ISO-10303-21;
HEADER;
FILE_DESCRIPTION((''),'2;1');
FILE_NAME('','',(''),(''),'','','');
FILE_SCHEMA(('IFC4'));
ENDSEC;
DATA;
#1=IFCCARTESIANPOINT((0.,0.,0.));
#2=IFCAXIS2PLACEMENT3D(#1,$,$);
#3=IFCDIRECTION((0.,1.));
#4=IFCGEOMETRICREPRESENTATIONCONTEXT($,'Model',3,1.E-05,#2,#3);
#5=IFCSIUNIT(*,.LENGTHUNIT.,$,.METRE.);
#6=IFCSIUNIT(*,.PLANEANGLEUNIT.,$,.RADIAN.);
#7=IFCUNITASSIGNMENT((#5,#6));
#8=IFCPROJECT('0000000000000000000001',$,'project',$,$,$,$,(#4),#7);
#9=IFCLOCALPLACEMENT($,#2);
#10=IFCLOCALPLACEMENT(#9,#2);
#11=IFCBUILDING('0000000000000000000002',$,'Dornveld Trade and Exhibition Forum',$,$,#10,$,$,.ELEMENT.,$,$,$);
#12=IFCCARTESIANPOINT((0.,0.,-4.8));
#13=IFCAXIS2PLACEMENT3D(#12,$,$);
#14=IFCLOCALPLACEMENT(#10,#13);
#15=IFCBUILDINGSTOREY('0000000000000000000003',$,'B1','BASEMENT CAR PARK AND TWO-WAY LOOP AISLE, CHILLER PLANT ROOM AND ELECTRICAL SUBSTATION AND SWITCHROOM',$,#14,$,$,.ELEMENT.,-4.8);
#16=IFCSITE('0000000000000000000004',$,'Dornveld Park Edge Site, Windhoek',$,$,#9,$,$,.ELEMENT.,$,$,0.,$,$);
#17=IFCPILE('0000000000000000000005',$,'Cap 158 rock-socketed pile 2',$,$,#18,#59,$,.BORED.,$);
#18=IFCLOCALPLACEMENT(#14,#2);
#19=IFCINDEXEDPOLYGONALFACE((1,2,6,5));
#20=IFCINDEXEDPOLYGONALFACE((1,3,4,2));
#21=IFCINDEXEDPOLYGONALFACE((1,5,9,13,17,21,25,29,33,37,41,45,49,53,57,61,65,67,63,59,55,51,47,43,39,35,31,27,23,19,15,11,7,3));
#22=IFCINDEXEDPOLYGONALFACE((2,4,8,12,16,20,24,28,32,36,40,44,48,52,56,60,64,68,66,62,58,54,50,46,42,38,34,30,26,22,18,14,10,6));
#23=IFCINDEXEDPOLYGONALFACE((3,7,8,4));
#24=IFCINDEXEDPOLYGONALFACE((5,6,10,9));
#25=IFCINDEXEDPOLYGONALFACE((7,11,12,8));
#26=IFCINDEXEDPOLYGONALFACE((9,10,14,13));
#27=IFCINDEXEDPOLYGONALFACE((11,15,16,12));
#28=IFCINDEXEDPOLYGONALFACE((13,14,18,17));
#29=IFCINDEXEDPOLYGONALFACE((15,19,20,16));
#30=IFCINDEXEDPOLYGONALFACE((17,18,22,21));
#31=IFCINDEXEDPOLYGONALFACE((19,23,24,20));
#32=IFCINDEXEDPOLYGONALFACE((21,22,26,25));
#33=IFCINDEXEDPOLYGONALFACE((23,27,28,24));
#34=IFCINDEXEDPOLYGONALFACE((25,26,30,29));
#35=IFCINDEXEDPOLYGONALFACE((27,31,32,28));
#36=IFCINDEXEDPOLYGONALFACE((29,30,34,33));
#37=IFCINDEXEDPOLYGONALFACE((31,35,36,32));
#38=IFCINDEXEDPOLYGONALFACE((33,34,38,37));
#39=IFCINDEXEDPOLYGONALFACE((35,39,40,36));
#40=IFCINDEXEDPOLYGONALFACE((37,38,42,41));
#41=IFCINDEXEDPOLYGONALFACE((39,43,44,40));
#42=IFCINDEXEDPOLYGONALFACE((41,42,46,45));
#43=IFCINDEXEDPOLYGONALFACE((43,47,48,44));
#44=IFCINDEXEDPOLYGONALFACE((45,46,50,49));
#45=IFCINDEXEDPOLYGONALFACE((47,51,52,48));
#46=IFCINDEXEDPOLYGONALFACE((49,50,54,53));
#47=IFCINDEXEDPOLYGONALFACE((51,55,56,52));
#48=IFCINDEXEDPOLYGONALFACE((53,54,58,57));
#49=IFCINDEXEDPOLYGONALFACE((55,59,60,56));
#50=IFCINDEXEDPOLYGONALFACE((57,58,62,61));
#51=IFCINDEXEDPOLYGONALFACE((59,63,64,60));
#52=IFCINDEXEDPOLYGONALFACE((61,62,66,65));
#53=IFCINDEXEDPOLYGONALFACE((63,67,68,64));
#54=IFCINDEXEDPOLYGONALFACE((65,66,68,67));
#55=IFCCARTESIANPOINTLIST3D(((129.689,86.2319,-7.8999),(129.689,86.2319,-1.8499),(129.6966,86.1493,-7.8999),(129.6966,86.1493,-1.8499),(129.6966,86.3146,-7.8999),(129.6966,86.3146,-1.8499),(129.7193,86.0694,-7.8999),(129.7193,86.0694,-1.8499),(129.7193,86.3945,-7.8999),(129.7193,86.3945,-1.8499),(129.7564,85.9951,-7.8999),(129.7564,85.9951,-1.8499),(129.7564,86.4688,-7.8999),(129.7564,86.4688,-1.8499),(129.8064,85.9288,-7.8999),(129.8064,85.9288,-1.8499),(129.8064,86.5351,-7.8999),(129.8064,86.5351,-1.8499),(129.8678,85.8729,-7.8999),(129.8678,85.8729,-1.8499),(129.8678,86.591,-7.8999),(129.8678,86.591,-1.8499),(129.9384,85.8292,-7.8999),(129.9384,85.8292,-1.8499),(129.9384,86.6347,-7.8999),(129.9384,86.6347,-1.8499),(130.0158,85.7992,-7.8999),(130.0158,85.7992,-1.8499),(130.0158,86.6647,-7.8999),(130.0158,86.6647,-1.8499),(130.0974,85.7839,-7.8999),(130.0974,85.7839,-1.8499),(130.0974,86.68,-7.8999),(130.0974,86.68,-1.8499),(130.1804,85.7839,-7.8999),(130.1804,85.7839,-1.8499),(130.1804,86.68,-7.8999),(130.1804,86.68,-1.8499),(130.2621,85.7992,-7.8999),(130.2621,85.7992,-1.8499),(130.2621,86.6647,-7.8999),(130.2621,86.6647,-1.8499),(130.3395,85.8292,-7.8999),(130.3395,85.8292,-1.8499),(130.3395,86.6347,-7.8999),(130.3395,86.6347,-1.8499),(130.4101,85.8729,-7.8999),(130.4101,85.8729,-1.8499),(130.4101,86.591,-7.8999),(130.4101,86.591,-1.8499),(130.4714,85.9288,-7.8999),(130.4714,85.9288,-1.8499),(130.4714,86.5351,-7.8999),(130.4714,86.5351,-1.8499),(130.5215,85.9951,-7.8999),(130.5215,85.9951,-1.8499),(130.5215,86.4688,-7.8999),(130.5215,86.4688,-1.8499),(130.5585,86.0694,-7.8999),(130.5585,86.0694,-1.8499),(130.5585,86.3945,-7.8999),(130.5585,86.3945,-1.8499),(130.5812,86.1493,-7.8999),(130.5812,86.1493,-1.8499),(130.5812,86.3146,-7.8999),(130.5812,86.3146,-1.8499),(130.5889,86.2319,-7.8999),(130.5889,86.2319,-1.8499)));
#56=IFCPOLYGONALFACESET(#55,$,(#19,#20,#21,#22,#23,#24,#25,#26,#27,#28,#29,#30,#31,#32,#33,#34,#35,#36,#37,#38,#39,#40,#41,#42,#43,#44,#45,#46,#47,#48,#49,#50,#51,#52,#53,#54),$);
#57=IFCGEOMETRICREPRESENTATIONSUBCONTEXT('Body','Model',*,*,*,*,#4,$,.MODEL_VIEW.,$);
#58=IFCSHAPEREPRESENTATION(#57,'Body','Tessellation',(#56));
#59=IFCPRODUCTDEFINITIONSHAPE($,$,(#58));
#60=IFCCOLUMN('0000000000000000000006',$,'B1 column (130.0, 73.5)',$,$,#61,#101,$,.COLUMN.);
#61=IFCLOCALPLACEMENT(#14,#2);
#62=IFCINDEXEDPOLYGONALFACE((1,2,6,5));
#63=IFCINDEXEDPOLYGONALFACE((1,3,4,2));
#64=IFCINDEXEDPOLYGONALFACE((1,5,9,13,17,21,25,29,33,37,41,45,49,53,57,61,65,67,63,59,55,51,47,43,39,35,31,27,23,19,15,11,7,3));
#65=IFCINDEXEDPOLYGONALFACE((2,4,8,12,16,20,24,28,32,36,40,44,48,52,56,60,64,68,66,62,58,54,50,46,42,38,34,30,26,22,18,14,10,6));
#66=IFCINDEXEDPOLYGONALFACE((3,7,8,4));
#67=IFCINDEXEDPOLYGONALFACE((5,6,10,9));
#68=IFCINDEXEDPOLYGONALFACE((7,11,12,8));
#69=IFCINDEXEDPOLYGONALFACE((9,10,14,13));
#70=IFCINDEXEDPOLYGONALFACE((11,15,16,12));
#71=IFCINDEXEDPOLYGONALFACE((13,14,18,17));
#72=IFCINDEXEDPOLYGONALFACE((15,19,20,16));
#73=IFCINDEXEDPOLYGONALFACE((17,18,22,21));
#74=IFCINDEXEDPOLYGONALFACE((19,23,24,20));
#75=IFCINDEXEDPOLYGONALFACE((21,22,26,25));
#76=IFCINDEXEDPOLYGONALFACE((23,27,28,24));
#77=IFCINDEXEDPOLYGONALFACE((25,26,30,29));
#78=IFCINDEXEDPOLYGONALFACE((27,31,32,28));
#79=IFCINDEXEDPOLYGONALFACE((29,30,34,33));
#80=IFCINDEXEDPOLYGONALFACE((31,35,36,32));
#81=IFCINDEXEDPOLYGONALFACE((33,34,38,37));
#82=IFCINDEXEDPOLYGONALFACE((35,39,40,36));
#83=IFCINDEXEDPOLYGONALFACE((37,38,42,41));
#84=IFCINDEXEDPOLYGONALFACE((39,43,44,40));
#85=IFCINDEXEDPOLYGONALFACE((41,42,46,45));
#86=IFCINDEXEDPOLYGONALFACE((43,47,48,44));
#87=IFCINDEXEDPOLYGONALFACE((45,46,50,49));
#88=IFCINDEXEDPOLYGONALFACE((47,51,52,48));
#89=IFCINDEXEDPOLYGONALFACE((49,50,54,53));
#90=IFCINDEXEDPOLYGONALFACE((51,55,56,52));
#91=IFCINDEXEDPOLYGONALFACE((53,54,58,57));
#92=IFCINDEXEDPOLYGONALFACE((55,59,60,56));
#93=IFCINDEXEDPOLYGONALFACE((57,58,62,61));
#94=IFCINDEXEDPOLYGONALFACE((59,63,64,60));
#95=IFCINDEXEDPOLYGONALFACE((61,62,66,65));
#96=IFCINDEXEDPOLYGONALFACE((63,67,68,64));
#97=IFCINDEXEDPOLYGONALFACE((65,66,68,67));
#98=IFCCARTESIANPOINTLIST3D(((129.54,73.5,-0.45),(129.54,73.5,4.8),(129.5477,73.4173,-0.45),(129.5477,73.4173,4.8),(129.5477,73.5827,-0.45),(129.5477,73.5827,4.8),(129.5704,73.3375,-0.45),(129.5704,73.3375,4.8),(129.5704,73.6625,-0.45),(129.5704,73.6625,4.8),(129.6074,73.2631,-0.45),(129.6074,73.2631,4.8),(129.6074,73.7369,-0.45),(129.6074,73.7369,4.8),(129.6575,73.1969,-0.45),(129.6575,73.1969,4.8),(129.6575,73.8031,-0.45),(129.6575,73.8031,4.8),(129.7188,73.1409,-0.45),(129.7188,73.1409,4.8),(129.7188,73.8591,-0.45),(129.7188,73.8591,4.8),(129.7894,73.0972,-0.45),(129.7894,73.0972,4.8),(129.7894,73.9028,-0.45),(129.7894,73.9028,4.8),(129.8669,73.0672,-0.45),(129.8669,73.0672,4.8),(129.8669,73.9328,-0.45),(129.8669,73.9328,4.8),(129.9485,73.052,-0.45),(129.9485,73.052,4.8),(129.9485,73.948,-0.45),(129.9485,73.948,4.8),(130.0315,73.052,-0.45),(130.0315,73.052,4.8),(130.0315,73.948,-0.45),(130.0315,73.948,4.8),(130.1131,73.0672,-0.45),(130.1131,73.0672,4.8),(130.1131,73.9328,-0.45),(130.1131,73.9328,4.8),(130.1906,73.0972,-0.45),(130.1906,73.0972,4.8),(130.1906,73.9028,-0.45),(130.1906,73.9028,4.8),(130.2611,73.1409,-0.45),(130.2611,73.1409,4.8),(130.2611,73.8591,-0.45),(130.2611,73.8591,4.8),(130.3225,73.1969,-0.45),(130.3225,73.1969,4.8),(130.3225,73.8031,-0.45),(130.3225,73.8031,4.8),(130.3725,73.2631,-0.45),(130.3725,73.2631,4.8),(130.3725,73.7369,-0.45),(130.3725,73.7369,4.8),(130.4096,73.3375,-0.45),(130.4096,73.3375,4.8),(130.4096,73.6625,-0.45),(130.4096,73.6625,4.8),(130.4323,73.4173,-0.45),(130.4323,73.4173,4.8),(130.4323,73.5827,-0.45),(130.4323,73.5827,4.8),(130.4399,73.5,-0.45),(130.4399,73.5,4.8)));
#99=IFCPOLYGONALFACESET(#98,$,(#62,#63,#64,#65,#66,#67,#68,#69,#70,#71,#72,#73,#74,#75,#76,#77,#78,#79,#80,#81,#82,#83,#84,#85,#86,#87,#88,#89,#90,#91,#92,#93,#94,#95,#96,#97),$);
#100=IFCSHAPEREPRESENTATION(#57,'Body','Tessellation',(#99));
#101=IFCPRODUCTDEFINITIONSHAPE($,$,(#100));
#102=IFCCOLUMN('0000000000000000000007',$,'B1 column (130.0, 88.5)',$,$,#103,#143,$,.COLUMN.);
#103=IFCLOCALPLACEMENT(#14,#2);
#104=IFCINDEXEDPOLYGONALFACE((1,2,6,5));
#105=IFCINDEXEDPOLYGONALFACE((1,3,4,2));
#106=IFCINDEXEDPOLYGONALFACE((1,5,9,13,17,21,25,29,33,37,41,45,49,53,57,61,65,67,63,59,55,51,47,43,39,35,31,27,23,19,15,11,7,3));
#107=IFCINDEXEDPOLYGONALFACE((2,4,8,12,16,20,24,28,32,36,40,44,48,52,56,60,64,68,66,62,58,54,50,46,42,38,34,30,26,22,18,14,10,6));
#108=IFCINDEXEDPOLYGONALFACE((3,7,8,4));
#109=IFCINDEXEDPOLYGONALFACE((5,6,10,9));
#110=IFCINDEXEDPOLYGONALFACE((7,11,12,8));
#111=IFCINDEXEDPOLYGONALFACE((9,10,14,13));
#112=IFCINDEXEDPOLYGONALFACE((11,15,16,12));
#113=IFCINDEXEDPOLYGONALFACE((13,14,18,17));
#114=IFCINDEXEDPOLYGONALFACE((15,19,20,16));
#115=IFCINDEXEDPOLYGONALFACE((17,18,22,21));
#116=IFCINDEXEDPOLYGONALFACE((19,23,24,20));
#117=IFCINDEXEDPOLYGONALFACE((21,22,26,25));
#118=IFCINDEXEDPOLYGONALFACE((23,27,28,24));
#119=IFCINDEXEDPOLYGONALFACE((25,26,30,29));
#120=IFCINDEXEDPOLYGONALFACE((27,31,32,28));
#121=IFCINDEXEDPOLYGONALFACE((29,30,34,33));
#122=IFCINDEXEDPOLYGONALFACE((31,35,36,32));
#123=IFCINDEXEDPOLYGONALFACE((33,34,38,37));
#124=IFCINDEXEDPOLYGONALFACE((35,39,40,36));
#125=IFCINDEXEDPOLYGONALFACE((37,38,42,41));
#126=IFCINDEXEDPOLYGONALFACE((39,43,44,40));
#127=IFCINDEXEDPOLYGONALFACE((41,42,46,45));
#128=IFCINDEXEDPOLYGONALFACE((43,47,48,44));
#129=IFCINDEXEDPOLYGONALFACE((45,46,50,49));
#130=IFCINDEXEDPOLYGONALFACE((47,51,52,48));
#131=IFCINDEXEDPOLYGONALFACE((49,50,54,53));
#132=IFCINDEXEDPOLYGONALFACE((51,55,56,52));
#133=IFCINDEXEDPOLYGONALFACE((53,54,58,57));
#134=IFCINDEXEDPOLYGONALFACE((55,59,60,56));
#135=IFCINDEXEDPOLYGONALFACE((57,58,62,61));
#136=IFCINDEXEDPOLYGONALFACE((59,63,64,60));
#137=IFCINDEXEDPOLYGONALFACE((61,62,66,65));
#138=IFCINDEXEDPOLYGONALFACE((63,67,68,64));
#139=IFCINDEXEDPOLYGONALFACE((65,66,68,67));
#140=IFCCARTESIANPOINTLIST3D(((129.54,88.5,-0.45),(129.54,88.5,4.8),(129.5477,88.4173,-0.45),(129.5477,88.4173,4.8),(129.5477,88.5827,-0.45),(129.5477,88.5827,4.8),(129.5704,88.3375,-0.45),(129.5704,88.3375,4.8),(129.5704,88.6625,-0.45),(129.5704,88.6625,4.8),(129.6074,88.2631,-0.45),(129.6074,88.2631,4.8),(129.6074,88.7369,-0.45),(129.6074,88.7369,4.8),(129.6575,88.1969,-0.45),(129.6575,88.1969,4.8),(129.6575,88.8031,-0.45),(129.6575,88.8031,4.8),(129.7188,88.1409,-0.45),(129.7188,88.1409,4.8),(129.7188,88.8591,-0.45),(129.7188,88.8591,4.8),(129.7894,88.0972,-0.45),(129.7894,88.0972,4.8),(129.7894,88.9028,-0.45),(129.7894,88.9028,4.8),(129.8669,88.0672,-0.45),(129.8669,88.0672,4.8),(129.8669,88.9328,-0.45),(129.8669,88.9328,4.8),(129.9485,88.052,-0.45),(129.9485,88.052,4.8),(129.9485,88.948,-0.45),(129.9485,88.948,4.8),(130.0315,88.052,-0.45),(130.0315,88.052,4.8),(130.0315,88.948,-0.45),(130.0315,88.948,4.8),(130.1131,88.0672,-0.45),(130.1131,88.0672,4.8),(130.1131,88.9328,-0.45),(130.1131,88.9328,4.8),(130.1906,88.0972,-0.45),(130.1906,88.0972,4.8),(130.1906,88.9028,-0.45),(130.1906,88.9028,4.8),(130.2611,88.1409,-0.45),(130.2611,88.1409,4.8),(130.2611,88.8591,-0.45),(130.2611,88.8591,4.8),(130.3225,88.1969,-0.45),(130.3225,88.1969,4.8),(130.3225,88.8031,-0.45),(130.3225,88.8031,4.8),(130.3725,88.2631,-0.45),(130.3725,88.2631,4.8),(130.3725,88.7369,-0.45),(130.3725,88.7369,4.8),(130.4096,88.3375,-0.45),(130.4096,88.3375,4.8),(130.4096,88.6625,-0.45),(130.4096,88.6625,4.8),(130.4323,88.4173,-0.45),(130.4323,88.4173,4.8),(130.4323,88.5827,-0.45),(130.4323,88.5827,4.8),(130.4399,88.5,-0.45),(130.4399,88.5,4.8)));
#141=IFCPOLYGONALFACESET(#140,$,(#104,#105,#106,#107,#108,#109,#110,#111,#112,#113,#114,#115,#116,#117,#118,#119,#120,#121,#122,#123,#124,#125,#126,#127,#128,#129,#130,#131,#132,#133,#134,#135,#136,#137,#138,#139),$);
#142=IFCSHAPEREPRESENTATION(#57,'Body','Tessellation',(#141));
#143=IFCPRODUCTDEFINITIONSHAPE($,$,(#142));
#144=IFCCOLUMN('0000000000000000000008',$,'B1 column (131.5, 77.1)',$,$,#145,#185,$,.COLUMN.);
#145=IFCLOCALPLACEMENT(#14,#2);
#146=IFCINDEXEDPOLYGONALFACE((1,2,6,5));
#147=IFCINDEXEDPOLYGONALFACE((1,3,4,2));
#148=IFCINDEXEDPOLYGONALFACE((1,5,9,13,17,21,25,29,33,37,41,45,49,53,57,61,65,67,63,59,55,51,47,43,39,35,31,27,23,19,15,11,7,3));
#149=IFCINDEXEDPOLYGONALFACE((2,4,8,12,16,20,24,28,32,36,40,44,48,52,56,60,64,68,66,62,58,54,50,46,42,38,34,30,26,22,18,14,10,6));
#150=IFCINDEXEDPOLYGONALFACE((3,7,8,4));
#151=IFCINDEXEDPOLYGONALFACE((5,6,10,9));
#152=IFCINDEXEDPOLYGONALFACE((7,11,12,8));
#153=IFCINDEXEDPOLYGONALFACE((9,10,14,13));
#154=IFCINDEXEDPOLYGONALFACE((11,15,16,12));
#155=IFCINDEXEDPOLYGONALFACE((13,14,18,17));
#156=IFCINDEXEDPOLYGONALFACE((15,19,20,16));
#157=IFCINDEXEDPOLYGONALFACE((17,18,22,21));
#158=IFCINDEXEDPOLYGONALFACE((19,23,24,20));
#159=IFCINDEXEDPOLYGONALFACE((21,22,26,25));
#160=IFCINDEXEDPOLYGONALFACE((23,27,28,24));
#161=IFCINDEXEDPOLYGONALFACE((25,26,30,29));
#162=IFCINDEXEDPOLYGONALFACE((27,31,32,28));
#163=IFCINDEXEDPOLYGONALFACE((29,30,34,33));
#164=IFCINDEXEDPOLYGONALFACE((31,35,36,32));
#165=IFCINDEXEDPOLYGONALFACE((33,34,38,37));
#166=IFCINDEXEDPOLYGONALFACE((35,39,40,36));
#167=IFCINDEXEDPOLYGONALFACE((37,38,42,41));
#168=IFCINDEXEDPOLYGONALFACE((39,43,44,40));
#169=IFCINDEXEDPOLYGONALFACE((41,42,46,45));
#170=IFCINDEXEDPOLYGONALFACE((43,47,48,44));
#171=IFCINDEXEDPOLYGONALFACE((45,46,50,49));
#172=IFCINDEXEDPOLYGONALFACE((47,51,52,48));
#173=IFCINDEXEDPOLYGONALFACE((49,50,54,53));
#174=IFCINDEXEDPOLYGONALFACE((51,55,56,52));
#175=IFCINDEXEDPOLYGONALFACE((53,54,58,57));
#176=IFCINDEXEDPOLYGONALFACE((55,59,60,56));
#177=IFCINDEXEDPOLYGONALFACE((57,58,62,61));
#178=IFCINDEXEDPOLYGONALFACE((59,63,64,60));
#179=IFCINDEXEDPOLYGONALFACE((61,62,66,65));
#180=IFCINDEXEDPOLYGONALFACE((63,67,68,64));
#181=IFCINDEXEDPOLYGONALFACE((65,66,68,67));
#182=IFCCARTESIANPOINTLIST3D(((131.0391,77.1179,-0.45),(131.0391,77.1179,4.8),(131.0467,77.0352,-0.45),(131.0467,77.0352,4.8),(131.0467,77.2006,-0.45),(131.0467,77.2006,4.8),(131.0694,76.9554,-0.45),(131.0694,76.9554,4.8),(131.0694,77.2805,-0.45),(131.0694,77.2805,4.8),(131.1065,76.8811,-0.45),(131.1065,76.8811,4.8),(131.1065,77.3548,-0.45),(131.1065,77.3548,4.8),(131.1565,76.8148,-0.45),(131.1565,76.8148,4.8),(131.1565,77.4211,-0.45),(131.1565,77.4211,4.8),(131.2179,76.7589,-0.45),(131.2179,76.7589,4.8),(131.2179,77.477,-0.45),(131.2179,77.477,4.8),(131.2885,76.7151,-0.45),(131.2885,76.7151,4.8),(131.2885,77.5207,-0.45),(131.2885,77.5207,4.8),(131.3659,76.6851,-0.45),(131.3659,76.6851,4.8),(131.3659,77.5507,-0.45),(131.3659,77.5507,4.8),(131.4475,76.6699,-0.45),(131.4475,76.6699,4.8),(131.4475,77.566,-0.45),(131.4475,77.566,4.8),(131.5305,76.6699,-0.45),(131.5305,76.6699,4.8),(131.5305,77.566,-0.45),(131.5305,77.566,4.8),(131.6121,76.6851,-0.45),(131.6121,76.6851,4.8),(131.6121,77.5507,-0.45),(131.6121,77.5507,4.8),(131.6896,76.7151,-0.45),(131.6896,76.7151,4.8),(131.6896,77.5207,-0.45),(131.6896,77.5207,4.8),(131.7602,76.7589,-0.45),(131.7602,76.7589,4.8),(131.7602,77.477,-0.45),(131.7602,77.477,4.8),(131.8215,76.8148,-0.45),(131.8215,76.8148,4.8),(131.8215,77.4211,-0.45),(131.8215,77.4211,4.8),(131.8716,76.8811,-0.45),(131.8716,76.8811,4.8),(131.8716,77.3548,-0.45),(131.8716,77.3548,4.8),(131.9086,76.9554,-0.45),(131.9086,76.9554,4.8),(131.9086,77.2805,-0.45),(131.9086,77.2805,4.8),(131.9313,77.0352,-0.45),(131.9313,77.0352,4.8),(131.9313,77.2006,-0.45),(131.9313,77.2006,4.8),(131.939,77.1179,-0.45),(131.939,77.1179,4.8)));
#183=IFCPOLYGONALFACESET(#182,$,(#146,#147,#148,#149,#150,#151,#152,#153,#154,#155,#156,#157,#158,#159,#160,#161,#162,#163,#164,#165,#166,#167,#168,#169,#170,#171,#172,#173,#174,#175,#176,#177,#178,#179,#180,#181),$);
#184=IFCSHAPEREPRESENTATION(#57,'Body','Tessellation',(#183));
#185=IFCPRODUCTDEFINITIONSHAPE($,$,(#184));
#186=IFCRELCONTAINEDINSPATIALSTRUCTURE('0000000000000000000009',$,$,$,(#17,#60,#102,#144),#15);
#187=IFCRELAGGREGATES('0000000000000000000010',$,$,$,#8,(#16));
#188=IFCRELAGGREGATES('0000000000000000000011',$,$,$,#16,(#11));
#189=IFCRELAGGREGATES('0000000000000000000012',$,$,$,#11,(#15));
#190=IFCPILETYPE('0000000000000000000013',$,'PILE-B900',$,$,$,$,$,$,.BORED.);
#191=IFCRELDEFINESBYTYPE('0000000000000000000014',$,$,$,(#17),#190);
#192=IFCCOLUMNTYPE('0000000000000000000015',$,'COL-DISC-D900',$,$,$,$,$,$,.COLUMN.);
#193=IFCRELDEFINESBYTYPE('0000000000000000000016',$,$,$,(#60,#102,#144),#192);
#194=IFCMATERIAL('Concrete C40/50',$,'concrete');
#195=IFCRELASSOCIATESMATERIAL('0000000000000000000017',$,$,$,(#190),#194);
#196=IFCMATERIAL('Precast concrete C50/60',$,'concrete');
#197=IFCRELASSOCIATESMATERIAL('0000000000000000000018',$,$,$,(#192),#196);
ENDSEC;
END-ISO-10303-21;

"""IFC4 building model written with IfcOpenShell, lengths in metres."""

from ifc_helpers import new_model, si_unit, direction, frame, origin, origin_2d, place, context, subcontext, project, spatial, circle, extrude, material, material_profile, profile_set, type_object, element, save


model = new_model("IFC4")

# Units and contexts
model_context = context("Model", 3, precision=1e-05, world=origin(), true_north=direction((0.0, 1.0)))
body_context = subcontext(model_context, "Body", "Model", "MODEL_VIEW")
ifc_project = project(units=[si_unit("LENGTHUNIT", "METRE"), si_unit("PLANEANGLEUNIT", "RADIAN")], contexts=[model_context])

# Site, building, storey
site_placement = place(None, origin())
site = spatial("IfcSite", under=ifc_project, at=site_placement, Name="Dornveld Park Edge Site, Windhoek", CompositionType="ELEMENT", RefElevation=0.0)
building_placement = place(site_placement, origin())
building = spatial("IfcBuilding", under=site, at=building_placement, Name="Dornveld Trade and Exhibition Forum", CompositionType="ELEMENT")
storey_placement = place(building_placement, frame((0.0, 0.0, -4.8)))
storey = spatial("IfcBuildingStorey", under=building, at=storey_placement, Name="B1", Description="BASEMENT CAR PARK AND TWO-WAY LOOP AISLE, CHILLER PLANT ROOM AND ELECTRICAL SUBSTATION AND SWITCHROOM", CompositionType="ELEMENT", Elevation=-4.8)

# Pile
ifc_material_1 = material(Name="Concrete C40/50", Category="concrete")
ifc_material_profile_1 = material_profile(ifc_material_1, circle(Radius=0.45, at=origin_2d()), Name="PILE D900")
ifc_profile_set_1 = profile_set([ifc_material_profile_1], Name="Concrete C40/50")
pile_type = type_object("IfcPileType", Name="PILE-B900", PredefinedType="BORED", material=ifc_profile_set_1)
for number, where, z_axis, x_axis, name in (
    (1, (130.1389, 86.2319, -1.8499), (0.0, 0.0, -1.0), (1.0, 0.0, 0.0), "Cap 158 rock-socketed pile 2"),
):
    element("IfcPile", number, at=place(storey_placement, frame(where, z_axis=z_axis, x_axis=x_axis)), inside=storey, type_object=pile_type, Name=name, PredefinedType="BORED", context=body_context, shape_type="SweptSolid", body=[
        extrude(circle(Radius=0.45, at=origin_2d()), origin(), (0.0, 0.0, 1.0), 6.05),
    ])

# Columns
ifc_material_2 = material(Name="Precast concrete C50/60", Category="concrete")
ifc_material_profile_2 = material_profile(ifc_material_2, circle(Radius=0.45, at=origin_2d()), Name="PC-COL D900")
ifc_profile_set_2 = profile_set([ifc_material_profile_2], Name="Precast concrete C50/60")
column_type_1 = type_object("IfcColumnType", Name="COL-DISC-D900", PredefinedType="COLUMN", material=ifc_profile_set_2)
for number, where, z_axis, x_axis, name in (
    (2, (129.99, 73.5, -0.45), (0.0, 0.0, 1.0), (1.0, 0.0, 0.0), "B1 column (130.0, 73.5)"),
    (3, (129.99, 88.5, -0.45), (0.0, 0.0, 1.0), (1.0, 0.0, 0.0), "B1 column (130.0, 88.5)"),
    (4, (131.489, 77.1179, -0.45), (0.0, 0.0, 1.0), (1.0, 0.0, 0.0), "B1 column (131.5, 77.1)"),
):
    element("IfcColumn", number, at=place(storey_placement, frame(where, z_axis=z_axis, x_axis=x_axis)), inside=storey, type_object=column_type_1, Name=name, PredefinedType="COLUMN", context=body_context, shape_type="SweptSolid", body=[
        extrude(circle(Radius=0.45, at=origin_2d()), origin(), (0.0, 0.0, 1.0), 5.25),
    ])

save(model, "model.ifc")
